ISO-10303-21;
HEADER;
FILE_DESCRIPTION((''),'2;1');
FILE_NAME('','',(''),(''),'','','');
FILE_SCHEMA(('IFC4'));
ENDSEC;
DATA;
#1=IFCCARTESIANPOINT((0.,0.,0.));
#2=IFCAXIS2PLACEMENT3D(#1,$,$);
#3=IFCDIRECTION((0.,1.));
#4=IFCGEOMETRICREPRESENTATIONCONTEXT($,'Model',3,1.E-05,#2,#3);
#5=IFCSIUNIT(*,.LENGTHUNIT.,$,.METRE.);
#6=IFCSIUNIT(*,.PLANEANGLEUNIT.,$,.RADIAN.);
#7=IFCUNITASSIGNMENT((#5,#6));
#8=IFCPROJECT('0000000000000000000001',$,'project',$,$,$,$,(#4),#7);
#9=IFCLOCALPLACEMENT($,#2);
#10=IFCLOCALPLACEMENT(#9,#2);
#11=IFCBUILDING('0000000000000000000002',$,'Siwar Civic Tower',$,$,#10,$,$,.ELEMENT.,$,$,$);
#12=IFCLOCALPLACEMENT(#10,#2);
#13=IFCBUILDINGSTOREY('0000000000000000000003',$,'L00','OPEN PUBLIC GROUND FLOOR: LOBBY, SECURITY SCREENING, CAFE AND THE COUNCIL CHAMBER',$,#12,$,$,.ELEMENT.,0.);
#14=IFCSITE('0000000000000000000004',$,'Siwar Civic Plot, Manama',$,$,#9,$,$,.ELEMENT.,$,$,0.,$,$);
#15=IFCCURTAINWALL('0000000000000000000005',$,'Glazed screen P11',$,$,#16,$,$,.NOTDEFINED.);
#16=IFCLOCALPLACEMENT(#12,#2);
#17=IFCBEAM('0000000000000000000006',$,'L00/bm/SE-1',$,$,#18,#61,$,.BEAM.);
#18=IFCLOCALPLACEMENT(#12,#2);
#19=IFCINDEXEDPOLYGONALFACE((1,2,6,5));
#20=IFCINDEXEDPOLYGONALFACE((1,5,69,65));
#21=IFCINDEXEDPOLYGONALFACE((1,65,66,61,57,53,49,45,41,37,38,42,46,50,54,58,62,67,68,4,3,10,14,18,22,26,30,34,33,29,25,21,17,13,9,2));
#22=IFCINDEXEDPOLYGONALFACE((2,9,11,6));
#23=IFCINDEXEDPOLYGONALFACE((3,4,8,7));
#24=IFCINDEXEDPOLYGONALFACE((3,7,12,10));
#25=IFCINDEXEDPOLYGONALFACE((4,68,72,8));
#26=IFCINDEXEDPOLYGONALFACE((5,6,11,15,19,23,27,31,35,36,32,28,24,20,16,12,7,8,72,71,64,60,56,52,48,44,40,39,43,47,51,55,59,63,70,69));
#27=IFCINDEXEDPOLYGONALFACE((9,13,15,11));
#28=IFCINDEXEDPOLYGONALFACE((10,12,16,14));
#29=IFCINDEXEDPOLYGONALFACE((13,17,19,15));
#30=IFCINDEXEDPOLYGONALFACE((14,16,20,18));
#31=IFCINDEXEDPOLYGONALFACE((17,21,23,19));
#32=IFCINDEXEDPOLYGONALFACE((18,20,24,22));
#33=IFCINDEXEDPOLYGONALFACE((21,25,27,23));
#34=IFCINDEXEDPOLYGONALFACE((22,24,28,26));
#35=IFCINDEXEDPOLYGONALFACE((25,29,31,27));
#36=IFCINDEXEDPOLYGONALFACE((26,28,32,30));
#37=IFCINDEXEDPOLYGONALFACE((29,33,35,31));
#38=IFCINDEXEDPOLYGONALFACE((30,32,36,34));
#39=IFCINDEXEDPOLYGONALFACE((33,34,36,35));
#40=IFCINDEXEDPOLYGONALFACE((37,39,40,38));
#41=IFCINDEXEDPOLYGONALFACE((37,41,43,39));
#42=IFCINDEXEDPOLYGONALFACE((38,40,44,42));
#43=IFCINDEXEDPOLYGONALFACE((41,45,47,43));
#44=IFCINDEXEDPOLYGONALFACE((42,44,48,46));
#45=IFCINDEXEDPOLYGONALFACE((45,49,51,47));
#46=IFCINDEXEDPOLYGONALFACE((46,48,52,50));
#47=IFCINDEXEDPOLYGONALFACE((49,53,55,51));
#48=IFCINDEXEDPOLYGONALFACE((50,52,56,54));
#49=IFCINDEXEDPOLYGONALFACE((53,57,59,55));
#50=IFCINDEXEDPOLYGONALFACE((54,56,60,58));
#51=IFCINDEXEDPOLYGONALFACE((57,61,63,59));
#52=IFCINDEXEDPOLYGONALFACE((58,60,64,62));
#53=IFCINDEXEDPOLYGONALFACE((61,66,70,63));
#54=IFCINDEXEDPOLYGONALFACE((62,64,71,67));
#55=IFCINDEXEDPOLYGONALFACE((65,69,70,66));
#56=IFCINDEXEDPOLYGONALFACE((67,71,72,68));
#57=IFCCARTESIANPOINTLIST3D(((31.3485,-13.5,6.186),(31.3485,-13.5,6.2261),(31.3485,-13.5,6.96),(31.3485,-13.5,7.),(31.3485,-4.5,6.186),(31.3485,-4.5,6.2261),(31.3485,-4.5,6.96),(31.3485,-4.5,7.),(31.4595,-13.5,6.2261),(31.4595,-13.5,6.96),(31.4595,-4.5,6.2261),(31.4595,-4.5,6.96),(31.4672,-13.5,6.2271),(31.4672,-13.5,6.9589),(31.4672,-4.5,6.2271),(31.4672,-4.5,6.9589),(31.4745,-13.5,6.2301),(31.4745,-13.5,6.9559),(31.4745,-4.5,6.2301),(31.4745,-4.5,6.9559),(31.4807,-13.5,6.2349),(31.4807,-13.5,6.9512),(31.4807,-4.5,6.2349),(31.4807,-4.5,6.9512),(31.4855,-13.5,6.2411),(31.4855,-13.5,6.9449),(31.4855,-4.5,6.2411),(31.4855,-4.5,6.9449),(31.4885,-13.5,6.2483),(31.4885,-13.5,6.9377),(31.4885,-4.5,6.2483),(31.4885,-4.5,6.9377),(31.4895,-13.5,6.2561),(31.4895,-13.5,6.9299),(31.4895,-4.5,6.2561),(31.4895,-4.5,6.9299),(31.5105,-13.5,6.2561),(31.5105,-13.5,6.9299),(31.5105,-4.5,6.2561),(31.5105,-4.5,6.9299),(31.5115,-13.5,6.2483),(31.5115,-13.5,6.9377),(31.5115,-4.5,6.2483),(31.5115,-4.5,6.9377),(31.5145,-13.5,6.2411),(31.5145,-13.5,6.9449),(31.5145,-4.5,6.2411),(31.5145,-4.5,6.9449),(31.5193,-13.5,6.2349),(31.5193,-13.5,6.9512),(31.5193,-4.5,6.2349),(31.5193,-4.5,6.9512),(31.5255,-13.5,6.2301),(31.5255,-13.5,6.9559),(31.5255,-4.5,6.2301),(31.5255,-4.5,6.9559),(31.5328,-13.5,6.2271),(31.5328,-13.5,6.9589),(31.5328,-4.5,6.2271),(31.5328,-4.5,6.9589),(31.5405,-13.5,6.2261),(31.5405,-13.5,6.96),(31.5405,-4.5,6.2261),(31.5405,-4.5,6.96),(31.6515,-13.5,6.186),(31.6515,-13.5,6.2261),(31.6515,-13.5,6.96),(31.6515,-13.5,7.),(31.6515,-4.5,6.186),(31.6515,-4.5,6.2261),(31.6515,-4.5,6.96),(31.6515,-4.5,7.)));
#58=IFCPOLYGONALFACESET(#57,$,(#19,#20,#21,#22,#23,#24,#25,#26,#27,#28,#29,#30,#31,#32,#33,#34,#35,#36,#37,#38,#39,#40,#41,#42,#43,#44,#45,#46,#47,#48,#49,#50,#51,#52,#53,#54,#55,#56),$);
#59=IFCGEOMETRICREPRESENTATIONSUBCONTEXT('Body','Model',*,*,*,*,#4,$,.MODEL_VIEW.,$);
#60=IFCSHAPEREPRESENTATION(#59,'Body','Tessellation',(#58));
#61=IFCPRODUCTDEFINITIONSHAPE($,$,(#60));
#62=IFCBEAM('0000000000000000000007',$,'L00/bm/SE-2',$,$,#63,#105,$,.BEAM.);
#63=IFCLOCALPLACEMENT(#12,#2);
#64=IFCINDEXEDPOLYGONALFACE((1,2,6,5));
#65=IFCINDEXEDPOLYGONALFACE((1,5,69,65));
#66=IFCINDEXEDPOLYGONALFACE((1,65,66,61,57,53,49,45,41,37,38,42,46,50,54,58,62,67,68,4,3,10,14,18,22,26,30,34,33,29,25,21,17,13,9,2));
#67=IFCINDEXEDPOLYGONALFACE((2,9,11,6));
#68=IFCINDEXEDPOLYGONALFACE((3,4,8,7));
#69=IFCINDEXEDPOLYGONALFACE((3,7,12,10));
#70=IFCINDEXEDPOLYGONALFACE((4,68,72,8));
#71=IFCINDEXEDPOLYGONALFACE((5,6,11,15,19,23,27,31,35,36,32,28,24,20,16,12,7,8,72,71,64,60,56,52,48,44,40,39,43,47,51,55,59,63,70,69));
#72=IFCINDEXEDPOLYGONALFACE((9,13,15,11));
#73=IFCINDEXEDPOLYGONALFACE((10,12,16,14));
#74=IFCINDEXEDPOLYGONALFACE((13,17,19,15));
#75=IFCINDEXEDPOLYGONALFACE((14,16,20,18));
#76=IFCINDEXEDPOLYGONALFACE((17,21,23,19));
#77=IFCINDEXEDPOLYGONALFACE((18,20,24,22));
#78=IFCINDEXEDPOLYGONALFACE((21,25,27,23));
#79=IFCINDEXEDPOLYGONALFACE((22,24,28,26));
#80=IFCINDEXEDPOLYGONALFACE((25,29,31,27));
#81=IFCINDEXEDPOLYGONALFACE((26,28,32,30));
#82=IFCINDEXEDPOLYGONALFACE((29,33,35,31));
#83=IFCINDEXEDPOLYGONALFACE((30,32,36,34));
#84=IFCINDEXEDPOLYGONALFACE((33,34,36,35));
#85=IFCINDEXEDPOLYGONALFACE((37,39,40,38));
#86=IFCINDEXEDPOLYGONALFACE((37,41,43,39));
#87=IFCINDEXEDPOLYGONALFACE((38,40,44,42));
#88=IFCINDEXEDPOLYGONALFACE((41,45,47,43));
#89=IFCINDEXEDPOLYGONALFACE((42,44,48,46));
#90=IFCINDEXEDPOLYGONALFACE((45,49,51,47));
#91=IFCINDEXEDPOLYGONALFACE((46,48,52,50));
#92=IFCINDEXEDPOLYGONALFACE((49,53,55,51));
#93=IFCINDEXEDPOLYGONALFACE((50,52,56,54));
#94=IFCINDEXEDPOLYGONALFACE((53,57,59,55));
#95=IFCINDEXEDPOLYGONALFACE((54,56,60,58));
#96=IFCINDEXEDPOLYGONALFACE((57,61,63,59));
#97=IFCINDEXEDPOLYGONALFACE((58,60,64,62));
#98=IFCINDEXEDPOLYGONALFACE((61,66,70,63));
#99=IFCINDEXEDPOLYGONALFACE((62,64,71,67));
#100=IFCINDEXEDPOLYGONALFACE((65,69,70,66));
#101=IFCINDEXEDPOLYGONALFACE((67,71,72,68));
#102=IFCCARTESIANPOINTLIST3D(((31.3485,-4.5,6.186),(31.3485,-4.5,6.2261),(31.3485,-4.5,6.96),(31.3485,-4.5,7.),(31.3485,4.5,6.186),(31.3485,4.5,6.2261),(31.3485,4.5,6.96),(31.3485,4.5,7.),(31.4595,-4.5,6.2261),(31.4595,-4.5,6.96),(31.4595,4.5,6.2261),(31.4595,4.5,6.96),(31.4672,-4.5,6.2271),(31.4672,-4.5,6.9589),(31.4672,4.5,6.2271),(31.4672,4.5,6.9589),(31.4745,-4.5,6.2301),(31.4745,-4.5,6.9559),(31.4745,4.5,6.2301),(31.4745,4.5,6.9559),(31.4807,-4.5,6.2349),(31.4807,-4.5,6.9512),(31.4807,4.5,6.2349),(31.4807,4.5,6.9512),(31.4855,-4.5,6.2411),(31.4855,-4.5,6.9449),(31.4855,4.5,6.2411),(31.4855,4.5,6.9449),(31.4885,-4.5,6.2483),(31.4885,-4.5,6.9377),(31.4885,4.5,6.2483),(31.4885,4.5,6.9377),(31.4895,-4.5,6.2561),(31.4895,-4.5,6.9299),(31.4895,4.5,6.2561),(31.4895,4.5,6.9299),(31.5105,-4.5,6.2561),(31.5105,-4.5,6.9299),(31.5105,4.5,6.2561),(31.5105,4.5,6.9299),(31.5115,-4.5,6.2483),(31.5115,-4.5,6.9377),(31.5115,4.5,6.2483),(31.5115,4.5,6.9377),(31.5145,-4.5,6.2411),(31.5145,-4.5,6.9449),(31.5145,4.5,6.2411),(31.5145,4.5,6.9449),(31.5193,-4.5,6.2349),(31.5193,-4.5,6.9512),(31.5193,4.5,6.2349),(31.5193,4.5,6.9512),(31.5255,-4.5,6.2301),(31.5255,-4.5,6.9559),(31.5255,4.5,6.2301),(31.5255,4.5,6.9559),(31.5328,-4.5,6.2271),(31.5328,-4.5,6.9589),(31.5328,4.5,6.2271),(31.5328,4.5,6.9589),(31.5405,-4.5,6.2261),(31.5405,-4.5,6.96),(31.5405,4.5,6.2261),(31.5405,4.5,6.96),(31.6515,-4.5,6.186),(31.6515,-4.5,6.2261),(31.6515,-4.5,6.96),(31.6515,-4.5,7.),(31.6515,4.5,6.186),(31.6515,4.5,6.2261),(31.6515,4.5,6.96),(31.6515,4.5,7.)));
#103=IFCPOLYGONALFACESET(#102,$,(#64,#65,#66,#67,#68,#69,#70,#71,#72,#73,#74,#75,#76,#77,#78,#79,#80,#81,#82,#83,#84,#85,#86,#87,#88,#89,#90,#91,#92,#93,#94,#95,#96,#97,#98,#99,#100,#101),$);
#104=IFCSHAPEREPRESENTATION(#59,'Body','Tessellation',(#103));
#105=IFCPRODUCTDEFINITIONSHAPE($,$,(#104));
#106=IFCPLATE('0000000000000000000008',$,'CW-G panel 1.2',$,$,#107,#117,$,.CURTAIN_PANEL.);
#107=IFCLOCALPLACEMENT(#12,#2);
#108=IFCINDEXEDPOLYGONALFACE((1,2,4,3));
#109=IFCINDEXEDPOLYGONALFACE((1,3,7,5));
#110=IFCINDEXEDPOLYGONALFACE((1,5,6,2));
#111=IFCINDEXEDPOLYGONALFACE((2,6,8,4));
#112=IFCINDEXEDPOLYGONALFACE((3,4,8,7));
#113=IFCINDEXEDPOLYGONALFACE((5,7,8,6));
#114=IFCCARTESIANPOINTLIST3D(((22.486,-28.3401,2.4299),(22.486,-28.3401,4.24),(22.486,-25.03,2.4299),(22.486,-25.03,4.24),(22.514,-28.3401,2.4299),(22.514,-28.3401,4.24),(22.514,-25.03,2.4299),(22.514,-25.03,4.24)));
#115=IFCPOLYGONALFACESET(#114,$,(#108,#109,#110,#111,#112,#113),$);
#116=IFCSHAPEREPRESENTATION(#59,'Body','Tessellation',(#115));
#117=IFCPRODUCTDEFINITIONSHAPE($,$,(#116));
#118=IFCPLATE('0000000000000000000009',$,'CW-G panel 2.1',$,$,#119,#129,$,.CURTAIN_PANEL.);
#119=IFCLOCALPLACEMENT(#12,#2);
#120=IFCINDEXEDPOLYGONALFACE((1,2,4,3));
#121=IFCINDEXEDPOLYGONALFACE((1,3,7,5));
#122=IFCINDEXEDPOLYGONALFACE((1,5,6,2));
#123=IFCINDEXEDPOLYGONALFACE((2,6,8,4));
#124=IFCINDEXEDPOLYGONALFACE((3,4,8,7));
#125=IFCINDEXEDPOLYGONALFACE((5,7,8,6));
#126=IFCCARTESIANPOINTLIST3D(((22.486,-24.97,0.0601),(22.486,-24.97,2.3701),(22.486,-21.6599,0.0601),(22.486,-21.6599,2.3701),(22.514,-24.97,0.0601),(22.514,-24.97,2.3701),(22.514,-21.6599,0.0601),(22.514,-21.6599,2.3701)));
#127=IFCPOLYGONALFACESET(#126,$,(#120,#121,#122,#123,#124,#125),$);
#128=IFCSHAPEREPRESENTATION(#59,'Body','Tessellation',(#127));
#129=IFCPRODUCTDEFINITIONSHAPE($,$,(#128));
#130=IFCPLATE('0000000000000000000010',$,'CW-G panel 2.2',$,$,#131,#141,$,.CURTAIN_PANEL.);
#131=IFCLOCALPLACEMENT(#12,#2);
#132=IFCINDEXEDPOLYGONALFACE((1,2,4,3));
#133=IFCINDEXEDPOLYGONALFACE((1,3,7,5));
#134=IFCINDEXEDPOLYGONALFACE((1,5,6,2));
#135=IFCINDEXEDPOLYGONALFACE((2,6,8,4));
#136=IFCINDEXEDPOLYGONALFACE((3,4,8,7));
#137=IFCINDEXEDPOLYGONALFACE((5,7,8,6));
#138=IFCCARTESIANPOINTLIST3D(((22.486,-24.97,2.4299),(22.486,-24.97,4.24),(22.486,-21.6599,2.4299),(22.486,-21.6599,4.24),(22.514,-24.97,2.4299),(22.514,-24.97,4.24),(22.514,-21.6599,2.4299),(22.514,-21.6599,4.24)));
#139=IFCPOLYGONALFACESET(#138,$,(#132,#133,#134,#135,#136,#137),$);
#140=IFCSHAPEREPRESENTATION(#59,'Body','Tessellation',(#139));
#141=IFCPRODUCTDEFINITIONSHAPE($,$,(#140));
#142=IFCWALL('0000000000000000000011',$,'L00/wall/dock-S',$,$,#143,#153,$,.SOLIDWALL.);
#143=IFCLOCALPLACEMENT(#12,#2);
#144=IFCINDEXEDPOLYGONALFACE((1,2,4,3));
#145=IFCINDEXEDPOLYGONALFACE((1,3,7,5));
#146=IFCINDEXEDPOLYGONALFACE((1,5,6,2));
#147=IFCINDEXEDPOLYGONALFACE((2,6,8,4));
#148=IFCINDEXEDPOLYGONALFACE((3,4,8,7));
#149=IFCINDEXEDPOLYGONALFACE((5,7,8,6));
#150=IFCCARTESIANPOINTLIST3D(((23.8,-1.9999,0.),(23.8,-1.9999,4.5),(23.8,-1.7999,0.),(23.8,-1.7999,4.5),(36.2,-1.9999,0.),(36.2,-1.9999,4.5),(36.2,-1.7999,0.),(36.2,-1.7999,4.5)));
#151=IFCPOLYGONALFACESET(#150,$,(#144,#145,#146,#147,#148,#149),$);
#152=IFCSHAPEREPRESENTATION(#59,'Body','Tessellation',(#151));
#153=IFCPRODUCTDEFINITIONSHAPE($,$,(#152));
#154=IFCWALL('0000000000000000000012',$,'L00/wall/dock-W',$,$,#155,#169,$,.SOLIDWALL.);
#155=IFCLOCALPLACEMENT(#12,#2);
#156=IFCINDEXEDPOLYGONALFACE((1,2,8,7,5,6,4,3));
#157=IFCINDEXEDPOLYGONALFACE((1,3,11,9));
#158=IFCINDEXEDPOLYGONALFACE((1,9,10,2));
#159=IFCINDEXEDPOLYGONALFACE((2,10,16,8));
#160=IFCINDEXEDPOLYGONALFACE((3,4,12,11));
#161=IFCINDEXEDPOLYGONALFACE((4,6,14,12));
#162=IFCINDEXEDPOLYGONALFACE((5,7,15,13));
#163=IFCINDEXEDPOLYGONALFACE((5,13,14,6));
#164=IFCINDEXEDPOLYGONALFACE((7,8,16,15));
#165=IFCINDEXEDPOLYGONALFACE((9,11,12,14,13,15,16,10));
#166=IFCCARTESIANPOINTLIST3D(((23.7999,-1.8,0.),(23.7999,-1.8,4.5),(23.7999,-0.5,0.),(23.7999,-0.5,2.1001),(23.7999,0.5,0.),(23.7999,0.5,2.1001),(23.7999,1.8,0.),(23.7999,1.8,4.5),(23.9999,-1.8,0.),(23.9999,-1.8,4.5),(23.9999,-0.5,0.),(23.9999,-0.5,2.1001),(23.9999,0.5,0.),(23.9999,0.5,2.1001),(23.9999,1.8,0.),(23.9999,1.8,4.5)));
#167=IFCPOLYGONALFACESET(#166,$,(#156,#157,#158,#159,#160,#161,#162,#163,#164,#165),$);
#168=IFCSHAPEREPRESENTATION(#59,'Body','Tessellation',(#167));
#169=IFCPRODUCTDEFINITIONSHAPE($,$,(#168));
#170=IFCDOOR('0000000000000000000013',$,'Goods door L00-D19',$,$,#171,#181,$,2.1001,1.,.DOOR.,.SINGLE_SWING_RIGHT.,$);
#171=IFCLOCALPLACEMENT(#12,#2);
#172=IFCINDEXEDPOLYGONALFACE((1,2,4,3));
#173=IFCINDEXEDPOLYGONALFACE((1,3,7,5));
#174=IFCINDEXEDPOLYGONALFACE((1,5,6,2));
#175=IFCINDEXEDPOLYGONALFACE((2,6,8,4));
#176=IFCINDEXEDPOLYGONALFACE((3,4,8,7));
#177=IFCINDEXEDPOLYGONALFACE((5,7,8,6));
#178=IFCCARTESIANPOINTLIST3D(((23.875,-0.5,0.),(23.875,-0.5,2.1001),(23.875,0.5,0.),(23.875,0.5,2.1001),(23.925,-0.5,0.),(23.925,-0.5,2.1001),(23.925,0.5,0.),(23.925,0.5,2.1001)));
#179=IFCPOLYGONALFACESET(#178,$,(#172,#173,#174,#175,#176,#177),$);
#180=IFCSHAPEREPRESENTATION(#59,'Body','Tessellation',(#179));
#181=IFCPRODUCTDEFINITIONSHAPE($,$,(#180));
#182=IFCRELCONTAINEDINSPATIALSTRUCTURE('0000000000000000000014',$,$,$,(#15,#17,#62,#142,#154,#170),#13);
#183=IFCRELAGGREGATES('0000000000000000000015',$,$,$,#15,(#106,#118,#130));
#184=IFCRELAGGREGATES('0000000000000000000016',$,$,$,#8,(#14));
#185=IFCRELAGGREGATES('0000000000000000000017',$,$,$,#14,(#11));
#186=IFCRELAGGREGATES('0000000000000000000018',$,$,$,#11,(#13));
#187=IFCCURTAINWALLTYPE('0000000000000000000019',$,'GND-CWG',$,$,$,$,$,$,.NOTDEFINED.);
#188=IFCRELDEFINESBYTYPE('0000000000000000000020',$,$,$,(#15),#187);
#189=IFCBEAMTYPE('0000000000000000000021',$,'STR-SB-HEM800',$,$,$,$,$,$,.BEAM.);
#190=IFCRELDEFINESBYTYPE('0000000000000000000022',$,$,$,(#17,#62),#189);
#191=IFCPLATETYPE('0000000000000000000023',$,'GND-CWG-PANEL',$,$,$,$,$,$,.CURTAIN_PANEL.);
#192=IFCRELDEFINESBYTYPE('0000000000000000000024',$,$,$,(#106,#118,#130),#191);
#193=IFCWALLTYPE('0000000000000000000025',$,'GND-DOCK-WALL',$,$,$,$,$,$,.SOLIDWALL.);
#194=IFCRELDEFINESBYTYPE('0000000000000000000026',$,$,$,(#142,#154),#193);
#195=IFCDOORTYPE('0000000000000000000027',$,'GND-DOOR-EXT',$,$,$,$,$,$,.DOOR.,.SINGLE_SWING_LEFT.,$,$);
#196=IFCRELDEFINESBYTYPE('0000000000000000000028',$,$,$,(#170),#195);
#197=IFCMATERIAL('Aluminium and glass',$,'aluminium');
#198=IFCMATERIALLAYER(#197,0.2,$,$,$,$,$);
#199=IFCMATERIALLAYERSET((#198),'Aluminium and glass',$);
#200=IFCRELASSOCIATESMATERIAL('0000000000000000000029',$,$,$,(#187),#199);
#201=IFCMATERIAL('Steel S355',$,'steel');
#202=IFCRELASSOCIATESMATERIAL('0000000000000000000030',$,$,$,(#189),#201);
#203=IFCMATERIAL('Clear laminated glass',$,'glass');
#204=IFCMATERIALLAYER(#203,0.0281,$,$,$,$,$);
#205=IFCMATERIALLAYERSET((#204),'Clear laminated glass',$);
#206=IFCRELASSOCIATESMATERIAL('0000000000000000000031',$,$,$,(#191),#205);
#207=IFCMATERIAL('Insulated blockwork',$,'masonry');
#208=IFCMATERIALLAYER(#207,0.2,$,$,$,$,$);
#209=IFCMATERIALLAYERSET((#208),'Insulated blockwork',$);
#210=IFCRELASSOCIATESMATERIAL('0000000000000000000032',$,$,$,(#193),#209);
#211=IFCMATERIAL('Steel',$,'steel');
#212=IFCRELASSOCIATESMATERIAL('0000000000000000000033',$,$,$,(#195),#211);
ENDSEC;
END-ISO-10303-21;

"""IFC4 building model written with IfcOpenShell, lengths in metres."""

from ifc_helpers import new_model, si_unit, direction, frame, frame_2d, origin, origin_2d, place, context, subcontext, project, spatial, rectangle, i_section, extrude, material, layer, layer_set, material_profile, profile_set, type_object, element, fill, aggregate, save


model = new_model("IFC4")

# Units and contexts
model_context = context("Model", 3, precision=1e-05, world=origin(), true_north=direction((0.0, 1.0)))
body_context = subcontext(model_context, "Body", "Model", "MODEL_VIEW")
ifc_project = project(units=[si_unit("LENGTHUNIT", "METRE"), si_unit("PLANEANGLEUNIT", "RADIAN")], contexts=[model_context])

# Site, building, storey
site_placement = place(None, origin())
site = spatial("IfcSite", under=ifc_project, at=site_placement, Name="Siwar Civic Plot, Manama", CompositionType="ELEMENT", RefElevation=0.0)
building_placement = place(site_placement, origin())
building = spatial("IfcBuilding", under=site, at=building_placement, Name="Siwar Civic Tower", CompositionType="ELEMENT")
storey_placement = place(building_placement, origin())
storey = spatial("IfcBuildingStorey", under=building, at=storey_placement, Name="L00", Description="OPEN PUBLIC GROUND FLOOR: LOBBY, SECURITY SCREENING, CAFE AND THE COUNCIL CHAMBER", CompositionType="ELEMENT", Elevation=0.0)

# Curtain wall
ifc_material_1 = material(Name="Aluminium and glass", Category="aluminium")
ifc_layer_1 = layer(ifc_material_1, 0.2)
ifc_layer_set_1 = layer_set([ifc_layer_1], Name="Aluminium and glass")
curtain_wall_type = type_object("IfcCurtainWallType", Name="GND-CWG", PredefinedType="NOTDEFINED", material=ifc_layer_set_1)
curtain_wall_placement = place(storey_placement, origin())
curtain_wall = element("IfcCurtainWall", 1, at=curtain_wall_placement, inside=storey, type_object=curtain_wall_type, Name="Glazed screen P11", PredefinedType="NOTDEFINED")

# Beams
ifc_material_2 = material(Name="Steel S355", Category="steel")
ifc_material_profile_1 = material_profile(ifc_material_2, i_section(OverallWidth=0.303, OverallDepth=0.814, WebThickness=0.021, FlangeThickness=0.04, FilletRadius=0.03, at=origin_2d()), Name="HEM800")
ifc_profile_set_1 = profile_set([ifc_material_profile_1], Name="Steel S355")
beam_type = type_object("IfcBeamType", Name="STR-SB-HEM800", PredefinedType="BEAM", material=ifc_profile_set_1)
for number, where, z_axis, x_axis, name in (
    (2, (31.5, -13.5, 6.593), (0.0, 1.0, 0.0), (-1.0, 0.0, 0.0), "L00/bm/SE-1"),
    (3, (31.5, -4.5, 6.593), (0.0, 1.0, 0.0), (-1.0, 0.0, 0.0), "L00/bm/SE-2"),
):
    element("IfcBeam", number, at=place(storey_placement, frame(where, z_axis=z_axis, x_axis=x_axis)), inside=storey, type_object=beam_type, Name=name, PredefinedType="BEAM", context=body_context, shape_type="SweptSolid", body=[
        extrude(i_section(OverallWidth=0.303, OverallDepth=0.814, WebThickness=0.021, FlangeThickness=0.04, FilletRadius=0.03, at=origin_2d()), origin(), (0.0, 0.0, 1.0), 9.0),
    ])

# Plates
ifc_material_3 = material(Name="Clear laminated glass", Category="glass")
ifc_layer_2 = layer(ifc_material_3, 0.0281)
ifc_layer_set_2 = layer_set([ifc_layer_2], Name="Clear laminated glass")
plate_type = type_object("IfcPlateType", Name="GND-CWG-PANEL", PredefinedType="CURTAIN_PANEL", material=ifc_layer_set_2)
plate_1_placement = place(storey_placement, frame((22.5, -26.6851, 2.4299), z_axis=(0.0, 0.0, 1.0), x_axis=(0.0, 1.0, 0.0)))
plate_1 = element("IfcPlate", 4, at=plate_1_placement, type_object=plate_type, Name="CW-G panel 1.2", PredefinedType="CURTAIN_PANEL", context=body_context, shape_type="SweptSolid", body=[
    extrude(rectangle(XDim=3.3101, YDim=0.0281, at=origin_2d()), origin(), (0.0, 0.0, 1.0), 1.8101),
])
plate_2_placement = place(storey_placement, frame((22.5, -23.3149, 0.0601), z_axis=(0.0, 0.0, 1.0), x_axis=(0.0, 1.0, 0.0)))
plate_2 = element("IfcPlate", 5, at=plate_2_placement, type_object=plate_type, Name="CW-G panel 2.1", PredefinedType="CURTAIN_PANEL", context=body_context, shape_type="SweptSolid", body=[
    extrude(rectangle(XDim=3.3101, YDim=0.0281, at=origin_2d()), origin(), (0.0, 0.0, 1.0), 2.3101),
])
plate_3_placement = place(storey_placement, frame((22.5, -23.3149, 2.4299), z_axis=(0.0, 0.0, 1.0), x_axis=(0.0, 1.0, 0.0)))
plate_3 = element("IfcPlate", 6, at=plate_3_placement, type_object=plate_type, Name="CW-G panel 2.2", PredefinedType="CURTAIN_PANEL", context=body_context, shape_type="SweptSolid", body=[
    extrude(rectangle(XDim=3.3101, YDim=0.0281, at=origin_2d()), origin(), (0.0, 0.0, 1.0), 1.8101),
])
aggregate(curtain_wall, [plate_1, plate_2, plate_3])

# Wall
ifc_material_4 = material(Name="Insulated blockwork", Category="masonry")
ifc_layer_3 = layer(ifc_material_4, 0.2)
ifc_layer_set_3 = layer_set([ifc_layer_3], Name="Insulated blockwork")
wall_type_1 = type_object("IfcWallType", Name="GND-DOCK-WALL", PredefinedType="SOLIDWALL", material=ifc_layer_set_3)
wall_1_placement = place(storey_placement, frame((23.8, -1.8999, 0.0), z_axis=(0.0, 0.0, 1.0), x_axis=(1.0, 0.0, 0.0)))
element("IfcWall", 7, at=wall_1_placement, inside=storey, type_object=wall_type_1, Name="L00/wall/dock-S", PredefinedType="SOLIDWALL", context=body_context, shape_type="SweptSolid", body=[
    extrude(rectangle(XDim=12.3999, YDim=0.2, at=frame_2d((6.2, 0.0))), origin(), (0.0, 0.0, 1.0), 4.5),
])

# Wall, opening, door
wall_2_placement = place(storey_placement, frame((23.8999, -1.8, 0.0), z_axis=(0.0, 0.0, 1.0), x_axis=(0.0, 1.0, 0.0)))
wall_2 = element("IfcWall", 8, at=wall_2_placement, inside=storey, type_object=wall_type_1, Name="L00/wall/dock-W", PredefinedType="SOLIDWALL", context=body_context, shape_type="SweptSolid", body=[
    extrude(rectangle(XDim=3.6001, YDim=0.2, at=frame_2d((1.8, 0.0))), origin(), (0.0, 0.0, 1.0), 4.5),
])
opening_1_placement = place(wall_2_placement, frame((1.3, 0.0, 0.0)))
opening_1 = element("IfcOpeningElement", 9, at=opening_1_placement, cuts=wall_2, PredefinedType="OPENING", context=body_context, shape_type="SweptSolid", body=[
    extrude(rectangle(XDim=1.0, YDim=2.1001, at=frame_2d((0.5, 1.05))), frame((0.0, 0.1099, 0.0), z_axis=(0.0, -1.0, 0.0), x_axis=(1.0, 0.0, 0.0)), (0.0, 0.0, 1.0), 0.22),
])
ifc_material_5 = material(Name="Steel", Category="steel")
door_type_1 = type_object("IfcDoorType", Name="GND-DOOR-EXT", OperationType="SINGLE_SWING_LEFT", PredefinedType="DOOR", material=ifc_material_5)
door_1_placement = place(opening_1_placement, origin())
door_1 = element("IfcDoor", 10, at=door_1_placement, inside=storey, type_object=door_type_1, Name="Goods door L00-D19", OperationType="SINGLE_SWING_RIGHT", OverallHeight=2.1001, OverallWidth=1.0, PredefinedType="DOOR", context=body_context, shape_type="SweptSolid", body=[
    extrude(rectangle(XDim=1.0, YDim=2.1001, at=frame_2d((0.5, 1.05))), frame((0.0, 0.0249, 0.0), z_axis=(0.0, -1.0, 0.0), x_axis=(1.0, 0.0, 0.0)), (0.0, 0.0, 1.0), 0.05),
])
fill(opening_1, door_1)

save(model, "model.ifc")
